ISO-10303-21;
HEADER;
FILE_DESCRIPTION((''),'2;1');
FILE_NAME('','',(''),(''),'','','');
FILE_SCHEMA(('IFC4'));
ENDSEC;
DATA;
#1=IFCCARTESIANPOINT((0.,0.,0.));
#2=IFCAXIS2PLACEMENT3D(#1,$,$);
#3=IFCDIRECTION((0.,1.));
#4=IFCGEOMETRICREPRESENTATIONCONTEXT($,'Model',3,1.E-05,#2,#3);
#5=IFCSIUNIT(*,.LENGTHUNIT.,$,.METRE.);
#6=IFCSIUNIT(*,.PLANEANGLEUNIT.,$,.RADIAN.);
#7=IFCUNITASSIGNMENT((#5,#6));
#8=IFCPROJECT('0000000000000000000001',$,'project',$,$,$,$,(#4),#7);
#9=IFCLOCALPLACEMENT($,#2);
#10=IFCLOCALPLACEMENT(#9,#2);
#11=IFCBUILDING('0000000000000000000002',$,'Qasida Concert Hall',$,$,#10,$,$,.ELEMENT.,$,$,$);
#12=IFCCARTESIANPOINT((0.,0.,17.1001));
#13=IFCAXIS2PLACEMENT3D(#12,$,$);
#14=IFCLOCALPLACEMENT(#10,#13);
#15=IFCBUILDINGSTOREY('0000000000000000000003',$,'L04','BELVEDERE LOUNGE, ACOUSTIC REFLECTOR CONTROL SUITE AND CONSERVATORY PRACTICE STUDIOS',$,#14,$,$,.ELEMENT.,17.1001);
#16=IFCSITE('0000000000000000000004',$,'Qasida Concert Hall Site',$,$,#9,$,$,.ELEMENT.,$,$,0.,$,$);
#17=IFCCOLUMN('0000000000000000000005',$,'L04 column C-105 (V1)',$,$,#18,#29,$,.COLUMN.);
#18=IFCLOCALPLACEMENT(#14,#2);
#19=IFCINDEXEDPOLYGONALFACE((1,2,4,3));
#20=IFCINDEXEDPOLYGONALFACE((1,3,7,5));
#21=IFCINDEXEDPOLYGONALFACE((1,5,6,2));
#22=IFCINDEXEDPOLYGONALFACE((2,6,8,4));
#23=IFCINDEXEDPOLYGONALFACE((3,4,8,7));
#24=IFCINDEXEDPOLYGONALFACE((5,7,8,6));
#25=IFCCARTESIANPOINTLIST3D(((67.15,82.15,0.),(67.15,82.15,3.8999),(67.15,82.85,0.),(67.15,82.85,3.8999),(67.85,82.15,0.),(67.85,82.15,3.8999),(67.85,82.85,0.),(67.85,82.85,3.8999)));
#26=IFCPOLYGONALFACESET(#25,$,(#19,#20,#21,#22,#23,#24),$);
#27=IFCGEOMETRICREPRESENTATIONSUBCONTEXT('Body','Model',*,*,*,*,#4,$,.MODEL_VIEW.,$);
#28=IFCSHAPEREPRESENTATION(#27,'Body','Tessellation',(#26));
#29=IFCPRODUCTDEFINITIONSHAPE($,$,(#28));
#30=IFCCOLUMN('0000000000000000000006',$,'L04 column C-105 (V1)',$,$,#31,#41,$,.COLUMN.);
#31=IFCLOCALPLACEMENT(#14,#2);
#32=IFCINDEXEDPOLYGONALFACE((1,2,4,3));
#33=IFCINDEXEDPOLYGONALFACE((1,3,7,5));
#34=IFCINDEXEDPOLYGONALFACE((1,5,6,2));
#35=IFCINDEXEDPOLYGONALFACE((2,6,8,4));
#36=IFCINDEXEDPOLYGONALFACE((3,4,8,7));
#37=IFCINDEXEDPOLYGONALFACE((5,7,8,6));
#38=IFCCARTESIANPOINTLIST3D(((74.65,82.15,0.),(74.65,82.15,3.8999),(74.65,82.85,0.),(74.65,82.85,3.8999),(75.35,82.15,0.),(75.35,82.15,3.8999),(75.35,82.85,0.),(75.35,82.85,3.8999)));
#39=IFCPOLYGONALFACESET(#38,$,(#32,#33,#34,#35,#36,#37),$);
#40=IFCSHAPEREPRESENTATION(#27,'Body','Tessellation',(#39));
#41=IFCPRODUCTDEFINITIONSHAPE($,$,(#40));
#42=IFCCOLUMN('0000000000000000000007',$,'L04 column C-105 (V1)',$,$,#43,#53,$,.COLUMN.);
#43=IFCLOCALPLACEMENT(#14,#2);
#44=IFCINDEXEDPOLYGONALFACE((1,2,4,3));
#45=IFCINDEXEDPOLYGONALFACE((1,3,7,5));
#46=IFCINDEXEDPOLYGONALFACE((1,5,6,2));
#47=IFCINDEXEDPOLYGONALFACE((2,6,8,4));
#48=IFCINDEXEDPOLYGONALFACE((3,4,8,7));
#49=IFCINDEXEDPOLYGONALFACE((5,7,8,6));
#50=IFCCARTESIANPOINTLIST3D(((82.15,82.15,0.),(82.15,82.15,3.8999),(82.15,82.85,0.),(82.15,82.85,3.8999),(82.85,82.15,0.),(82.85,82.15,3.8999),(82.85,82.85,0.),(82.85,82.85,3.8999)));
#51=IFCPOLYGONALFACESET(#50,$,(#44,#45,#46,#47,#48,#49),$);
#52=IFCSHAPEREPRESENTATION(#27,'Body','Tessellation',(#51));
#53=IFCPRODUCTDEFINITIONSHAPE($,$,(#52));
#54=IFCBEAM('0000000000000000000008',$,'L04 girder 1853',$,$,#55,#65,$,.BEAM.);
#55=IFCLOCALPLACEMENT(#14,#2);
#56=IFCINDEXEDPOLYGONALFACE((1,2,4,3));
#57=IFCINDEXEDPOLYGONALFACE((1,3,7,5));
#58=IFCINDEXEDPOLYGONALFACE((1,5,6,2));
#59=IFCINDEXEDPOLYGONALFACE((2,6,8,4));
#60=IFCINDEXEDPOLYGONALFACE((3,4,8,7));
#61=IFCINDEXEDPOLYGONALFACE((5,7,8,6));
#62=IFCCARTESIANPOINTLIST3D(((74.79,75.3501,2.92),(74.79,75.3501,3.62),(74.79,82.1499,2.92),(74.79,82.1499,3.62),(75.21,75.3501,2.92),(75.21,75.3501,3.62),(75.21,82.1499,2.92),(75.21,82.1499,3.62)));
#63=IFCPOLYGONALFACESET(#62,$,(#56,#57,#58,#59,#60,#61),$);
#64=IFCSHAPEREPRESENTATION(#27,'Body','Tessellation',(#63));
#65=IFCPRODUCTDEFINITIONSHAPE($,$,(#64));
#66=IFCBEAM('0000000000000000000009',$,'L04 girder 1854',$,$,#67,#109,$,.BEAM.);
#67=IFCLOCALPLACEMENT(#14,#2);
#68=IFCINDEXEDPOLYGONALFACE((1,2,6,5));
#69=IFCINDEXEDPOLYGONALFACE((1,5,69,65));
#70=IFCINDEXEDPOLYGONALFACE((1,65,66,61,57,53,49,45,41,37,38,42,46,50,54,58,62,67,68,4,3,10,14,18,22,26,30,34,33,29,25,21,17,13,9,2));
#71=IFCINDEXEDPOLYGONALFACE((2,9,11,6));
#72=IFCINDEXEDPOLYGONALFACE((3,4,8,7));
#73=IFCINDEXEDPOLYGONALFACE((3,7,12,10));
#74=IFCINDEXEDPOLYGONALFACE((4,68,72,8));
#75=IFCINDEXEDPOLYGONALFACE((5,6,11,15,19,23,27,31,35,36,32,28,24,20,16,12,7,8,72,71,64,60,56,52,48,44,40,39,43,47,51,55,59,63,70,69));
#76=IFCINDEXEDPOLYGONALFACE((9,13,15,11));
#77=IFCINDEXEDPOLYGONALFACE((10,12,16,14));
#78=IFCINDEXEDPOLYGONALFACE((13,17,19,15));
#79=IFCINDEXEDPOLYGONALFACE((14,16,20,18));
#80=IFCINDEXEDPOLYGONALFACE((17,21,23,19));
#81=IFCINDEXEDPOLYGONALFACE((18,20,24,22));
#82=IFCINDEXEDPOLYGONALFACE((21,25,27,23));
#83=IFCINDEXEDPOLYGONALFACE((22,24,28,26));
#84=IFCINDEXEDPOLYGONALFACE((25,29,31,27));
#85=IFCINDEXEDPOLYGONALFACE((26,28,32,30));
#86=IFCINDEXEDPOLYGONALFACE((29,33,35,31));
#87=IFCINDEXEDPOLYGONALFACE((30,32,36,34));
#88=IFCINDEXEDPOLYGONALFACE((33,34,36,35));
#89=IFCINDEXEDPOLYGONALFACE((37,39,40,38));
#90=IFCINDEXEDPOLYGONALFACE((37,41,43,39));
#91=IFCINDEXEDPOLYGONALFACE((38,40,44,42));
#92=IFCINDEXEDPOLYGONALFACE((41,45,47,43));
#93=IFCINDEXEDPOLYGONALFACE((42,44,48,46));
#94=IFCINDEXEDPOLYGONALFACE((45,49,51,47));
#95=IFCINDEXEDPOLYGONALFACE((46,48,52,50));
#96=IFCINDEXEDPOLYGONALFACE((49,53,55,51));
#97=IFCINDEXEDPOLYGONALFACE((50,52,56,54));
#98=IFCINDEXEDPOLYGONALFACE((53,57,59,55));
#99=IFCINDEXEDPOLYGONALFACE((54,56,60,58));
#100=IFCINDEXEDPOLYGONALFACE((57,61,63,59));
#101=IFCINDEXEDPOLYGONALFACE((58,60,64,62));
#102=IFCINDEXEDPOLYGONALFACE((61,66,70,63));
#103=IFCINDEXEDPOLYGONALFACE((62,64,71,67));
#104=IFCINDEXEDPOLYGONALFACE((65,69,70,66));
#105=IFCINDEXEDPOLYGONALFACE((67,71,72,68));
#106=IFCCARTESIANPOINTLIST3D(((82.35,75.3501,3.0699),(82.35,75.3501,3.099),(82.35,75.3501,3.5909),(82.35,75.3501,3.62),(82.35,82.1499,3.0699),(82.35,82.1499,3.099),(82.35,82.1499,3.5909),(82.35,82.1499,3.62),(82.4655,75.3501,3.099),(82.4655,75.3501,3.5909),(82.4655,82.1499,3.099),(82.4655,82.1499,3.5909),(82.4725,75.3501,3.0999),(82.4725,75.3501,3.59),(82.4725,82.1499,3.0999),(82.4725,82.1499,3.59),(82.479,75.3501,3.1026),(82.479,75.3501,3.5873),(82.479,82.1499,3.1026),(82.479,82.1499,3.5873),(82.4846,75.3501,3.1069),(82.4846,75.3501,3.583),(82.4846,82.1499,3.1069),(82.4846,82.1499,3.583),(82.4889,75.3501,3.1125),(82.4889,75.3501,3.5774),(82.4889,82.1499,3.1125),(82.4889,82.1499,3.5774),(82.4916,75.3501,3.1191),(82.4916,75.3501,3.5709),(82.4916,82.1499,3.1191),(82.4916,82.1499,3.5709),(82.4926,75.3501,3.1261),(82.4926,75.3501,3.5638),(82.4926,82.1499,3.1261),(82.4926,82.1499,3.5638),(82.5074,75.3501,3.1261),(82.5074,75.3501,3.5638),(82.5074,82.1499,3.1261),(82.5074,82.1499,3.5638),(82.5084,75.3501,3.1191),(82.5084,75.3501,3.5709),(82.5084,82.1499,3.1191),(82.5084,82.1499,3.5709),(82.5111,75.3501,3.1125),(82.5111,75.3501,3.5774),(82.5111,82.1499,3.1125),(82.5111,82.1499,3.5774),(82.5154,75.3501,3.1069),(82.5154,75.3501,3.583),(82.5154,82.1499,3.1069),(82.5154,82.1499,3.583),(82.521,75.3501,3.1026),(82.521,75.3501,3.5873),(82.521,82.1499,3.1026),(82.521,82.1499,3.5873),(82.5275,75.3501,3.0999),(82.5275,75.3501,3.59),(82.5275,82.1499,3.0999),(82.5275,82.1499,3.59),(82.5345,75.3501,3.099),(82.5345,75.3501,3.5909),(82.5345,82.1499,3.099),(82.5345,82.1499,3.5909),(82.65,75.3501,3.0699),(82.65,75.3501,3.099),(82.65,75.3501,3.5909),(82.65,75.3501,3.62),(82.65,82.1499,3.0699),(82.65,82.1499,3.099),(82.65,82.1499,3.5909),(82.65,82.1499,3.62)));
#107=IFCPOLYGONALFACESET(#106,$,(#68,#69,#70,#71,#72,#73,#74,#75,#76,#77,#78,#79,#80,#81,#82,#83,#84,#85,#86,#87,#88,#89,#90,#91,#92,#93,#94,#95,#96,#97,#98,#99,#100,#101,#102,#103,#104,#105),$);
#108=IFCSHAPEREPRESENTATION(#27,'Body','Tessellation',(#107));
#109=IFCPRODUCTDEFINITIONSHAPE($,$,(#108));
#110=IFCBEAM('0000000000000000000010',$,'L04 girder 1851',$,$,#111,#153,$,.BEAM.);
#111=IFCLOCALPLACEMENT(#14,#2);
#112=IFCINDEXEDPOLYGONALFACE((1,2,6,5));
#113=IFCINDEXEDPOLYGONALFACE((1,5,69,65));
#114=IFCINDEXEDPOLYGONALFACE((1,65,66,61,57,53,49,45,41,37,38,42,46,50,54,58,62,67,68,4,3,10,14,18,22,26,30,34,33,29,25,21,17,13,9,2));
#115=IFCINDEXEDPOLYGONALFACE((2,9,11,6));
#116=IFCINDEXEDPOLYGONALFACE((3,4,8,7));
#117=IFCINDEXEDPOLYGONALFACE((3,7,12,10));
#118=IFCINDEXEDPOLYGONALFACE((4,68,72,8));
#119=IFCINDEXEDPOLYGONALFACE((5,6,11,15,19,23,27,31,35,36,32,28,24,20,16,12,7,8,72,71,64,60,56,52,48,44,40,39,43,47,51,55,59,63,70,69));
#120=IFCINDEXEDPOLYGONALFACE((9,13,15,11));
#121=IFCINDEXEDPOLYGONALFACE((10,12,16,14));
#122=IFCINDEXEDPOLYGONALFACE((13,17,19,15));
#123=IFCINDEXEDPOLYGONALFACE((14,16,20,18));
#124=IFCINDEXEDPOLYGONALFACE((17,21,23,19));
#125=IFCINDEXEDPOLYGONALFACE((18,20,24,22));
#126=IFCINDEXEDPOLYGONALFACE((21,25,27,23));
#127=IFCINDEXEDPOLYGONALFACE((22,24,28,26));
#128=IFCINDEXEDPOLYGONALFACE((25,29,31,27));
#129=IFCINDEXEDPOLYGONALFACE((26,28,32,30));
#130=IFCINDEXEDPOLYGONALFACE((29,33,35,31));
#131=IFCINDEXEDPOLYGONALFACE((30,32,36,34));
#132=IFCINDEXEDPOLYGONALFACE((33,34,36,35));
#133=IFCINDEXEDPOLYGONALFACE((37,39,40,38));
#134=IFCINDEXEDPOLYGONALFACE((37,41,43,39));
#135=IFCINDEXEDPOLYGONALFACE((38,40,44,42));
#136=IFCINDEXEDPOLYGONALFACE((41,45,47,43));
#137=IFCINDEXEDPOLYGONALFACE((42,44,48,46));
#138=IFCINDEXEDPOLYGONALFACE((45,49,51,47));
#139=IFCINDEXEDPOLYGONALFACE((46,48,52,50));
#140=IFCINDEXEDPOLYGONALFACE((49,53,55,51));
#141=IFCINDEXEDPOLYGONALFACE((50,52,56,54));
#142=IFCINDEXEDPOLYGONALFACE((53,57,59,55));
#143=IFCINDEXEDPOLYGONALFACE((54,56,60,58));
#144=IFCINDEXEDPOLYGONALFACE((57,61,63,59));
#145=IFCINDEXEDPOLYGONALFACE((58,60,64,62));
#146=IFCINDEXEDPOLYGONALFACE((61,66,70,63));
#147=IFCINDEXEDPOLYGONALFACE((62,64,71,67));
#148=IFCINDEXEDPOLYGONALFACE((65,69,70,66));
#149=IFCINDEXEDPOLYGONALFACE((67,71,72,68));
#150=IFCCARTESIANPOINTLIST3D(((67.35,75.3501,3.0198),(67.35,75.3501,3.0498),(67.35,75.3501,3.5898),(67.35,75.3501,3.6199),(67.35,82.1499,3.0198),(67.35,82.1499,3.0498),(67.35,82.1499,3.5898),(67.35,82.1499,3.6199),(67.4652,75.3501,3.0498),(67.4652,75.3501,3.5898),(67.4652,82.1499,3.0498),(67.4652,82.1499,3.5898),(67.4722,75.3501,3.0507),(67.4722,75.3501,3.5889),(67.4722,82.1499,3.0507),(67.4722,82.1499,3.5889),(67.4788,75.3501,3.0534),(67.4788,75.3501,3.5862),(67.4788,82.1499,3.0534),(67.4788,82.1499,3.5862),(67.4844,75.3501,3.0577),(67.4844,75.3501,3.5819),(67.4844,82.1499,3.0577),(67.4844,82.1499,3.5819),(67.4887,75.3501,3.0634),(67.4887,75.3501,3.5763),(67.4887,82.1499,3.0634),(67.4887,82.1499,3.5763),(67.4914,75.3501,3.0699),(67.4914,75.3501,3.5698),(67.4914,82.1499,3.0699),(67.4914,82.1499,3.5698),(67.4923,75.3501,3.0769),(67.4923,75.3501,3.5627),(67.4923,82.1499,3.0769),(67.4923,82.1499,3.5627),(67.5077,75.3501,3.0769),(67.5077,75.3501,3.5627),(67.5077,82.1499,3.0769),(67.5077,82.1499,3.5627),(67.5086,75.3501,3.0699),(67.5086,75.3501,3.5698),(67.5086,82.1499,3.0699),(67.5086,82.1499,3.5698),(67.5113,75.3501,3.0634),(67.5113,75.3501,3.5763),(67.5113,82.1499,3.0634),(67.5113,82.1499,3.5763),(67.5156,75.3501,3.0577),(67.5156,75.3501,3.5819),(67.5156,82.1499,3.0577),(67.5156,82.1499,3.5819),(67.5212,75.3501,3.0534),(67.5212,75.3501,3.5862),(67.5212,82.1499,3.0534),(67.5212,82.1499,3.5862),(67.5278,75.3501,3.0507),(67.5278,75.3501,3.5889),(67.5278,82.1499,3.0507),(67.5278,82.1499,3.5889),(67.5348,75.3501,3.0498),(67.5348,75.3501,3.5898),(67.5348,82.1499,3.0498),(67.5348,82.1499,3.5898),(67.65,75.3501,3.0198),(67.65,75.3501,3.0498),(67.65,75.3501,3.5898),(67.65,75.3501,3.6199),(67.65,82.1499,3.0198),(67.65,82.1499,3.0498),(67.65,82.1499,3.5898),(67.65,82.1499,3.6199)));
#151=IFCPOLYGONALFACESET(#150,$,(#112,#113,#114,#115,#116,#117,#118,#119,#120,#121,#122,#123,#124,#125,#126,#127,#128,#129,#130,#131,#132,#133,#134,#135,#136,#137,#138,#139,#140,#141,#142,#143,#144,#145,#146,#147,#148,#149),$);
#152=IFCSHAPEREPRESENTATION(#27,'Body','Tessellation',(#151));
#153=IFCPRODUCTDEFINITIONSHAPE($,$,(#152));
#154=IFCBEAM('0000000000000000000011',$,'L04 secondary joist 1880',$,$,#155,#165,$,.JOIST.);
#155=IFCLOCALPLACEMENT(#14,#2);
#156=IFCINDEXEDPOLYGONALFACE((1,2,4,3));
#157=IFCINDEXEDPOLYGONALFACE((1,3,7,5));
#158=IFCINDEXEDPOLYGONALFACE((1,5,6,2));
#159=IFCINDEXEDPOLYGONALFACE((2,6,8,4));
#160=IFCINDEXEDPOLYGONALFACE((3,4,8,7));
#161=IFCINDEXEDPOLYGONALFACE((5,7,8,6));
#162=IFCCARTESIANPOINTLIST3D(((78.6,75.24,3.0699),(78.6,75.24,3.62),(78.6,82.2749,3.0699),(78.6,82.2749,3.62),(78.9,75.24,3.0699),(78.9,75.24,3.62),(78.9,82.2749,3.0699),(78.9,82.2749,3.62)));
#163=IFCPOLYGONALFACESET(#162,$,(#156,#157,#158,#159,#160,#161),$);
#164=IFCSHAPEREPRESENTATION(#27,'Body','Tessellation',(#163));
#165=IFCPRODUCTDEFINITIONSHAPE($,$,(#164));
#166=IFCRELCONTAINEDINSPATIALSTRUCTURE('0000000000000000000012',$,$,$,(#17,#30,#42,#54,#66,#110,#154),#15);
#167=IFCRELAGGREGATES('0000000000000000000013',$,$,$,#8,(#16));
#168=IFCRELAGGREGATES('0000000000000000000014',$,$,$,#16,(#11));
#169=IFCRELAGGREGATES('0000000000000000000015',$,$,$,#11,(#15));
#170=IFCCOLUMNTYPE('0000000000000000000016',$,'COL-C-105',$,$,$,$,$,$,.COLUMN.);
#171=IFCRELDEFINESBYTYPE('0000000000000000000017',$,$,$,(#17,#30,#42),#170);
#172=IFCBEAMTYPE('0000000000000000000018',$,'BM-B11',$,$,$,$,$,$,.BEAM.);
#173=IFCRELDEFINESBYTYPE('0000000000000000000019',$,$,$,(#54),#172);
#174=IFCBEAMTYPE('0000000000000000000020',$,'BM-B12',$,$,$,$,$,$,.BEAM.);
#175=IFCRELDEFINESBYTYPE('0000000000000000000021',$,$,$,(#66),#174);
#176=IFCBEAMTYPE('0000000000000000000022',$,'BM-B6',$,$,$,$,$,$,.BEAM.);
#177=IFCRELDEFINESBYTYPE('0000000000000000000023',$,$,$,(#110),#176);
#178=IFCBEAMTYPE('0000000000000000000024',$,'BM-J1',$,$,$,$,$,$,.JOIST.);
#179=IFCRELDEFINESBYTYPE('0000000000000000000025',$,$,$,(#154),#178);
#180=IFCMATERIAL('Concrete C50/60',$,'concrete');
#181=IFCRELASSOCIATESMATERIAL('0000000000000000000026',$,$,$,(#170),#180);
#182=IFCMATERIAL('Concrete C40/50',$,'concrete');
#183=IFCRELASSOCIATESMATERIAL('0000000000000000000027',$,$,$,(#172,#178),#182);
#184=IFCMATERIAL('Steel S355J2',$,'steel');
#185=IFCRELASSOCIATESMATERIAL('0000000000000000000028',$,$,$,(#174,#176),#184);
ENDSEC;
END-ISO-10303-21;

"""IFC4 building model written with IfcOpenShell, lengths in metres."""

from ifc_helpers import new_model, si_unit, direction, frame, origin, origin_2d, place, context, subcontext, project, spatial, rectangle, i_section, extrude, material, material_profile, profile_set, type_object, element, save


model = new_model("IFC4")

# Units and contexts
model_context = context("Model", 3, precision=1e-05, world=origin(), true_north=direction((0.0, 1.0)))
body_context = subcontext(model_context, "Body", "Model", "MODEL_VIEW")
ifc_project = project(units=[si_unit("LENGTHUNIT", "METRE"), si_unit("PLANEANGLEUNIT", "RADIAN")], contexts=[model_context])

# Site, building, storey
site_placement = place(None, origin())
site = spatial("IfcSite", under=ifc_project, at=site_placement, Name="Qasida Concert Hall Site", CompositionType="ELEMENT", RefElevation=0.0)
building_placement = place(site_placement, origin())
building = spatial("IfcBuilding", under=site, at=building_placement, Name="Qasida Concert Hall", CompositionType="ELEMENT")
storey_placement = place(building_placement, frame((0.0, 0.0, 17.1001)))
storey = spatial("IfcBuildingStorey", under=building, at=storey_placement, Name="L04", Description="BELVEDERE LOUNGE, ACOUSTIC REFLECTOR CONTROL SUITE AND CONSERVATORY PRACTICE STUDIOS", CompositionType="ELEMENT", Elevation=17.1001)

# Columns
ifc_material_1 = material(Name="Concrete C50/60", Category="concrete")
ifc_material_profile_1 = material_profile(ifc_material_1, rectangle(XDim=0.7, YDim=0.7, at=origin_2d()), Name="RC 700x700")
ifc_profile_set_1 = profile_set([ifc_material_profile_1], Name="Concrete C50/60")
column_type = type_object("IfcColumnType", Name="COL-C-105", PredefinedType="COLUMN", material=ifc_profile_set_1)
for number, where, z_axis, x_axis, name in (
    (1, (67.5, 82.5, 0.0), (0.0, 0.0, 1.0), (1.0, 0.0, 0.0), "L04 column C-105 (V1)"),
    (2, (75.0, 82.5, 0.0), (0.0, 0.0, 1.0), (1.0, 0.0, 0.0), "L04 column C-105 (V1)"),
    (3, (82.5, 82.5, 0.0), (0.0, 0.0, 1.0), (1.0, 0.0, 0.0), "L04 column C-105 (V1)"),
):
    element("IfcColumn", number, at=place(storey_placement, frame(where, z_axis=z_axis, x_axis=x_axis)), inside=storey, type_object=column_type, Name=name, PredefinedType="COLUMN", context=body_context, shape_type="SweptSolid", body=[
        extrude(rectangle(XDim=0.7, YDim=0.7, at=origin_2d()), origin(), (0.0, 0.0, 1.0), 3.8999),
    ])

# Beams
ifc_material_2 = material(Name="Concrete C40/50", Category="concrete")
ifc_material_profile_2 = material_profile(ifc_material_2, rectangle(XDim=0.4199, YDim=0.7, at=origin_2d()), Name="RC 420x700")
ifc_profile_set_2 = profile_set([ifc_material_profile_2], Name="Concrete C40/50")
beam_type_1 = type_object("IfcBeamType", Name="BM-B11", PredefinedType="BEAM", material=ifc_profile_set_2)
beam_1_placement = place(storey_placement, frame((75.0, 75.3501, 3.27), z_axis=(0.0, 1.0, 0.0), x_axis=(-1.0, 0.0, 0.0)))
element("IfcBeam", 4, at=beam_1_placement, inside=storey, type_object=beam_type_1, Name="L04 girder 1853", PredefinedType="BEAM", context=body_context, shape_type="SweptSolid", body=[
    extrude(rectangle(XDim=0.4199, YDim=0.7, at=origin_2d()), origin(), (0.0, 0.0, 1.0), 6.7998),
])
ifc_material_3 = material(Name="Steel S355J2", Category="steel")
ifc_material_profile_3 = material_profile(ifc_material_3, i_section(OverallWidth=0.3, OverallDepth=0.55, WebThickness=0.0149, FlangeThickness=0.0291, FilletRadius=0.0271, at=origin_2d()), Name="HEB 550")
ifc_profile_set_3 = profile_set([ifc_material_profile_3], Name="Steel S355J2")
beam_type_2 = type_object("IfcBeamType", Name="BM-B12", PredefinedType="BEAM", material=ifc_profile_set_3)
beam_2_placement = place(storey_placement, frame((82.5, 75.3501, 3.345), z_axis=(0.0, 1.0, 0.0), x_axis=(-1.0, 0.0, 0.0)))
element("IfcBeam", 5, at=beam_2_placement, inside=storey, type_object=beam_type_2, Name="L04 girder 1854", PredefinedType="BEAM", context=body_context, shape_type="SweptSolid", body=[
    extrude(i_section(OverallWidth=0.3, OverallDepth=0.55, WebThickness=0.0149, FlangeThickness=0.0291, FilletRadius=0.0271, at=origin_2d()), origin(), (0.0, 0.0, 1.0), 6.7998),
])
ifc_material_profile_4 = material_profile(ifc_material_3, i_section(OverallWidth=0.3, OverallDepth=0.6001, WebThickness=0.0154, FlangeThickness=0.03, FilletRadius=0.0271, at=origin_2d()), Name="HEB 600")
ifc_profile_set_4 = profile_set([ifc_material_profile_4], Name="Steel S355J2")
beam_type_3 = type_object("IfcBeamType", Name="BM-B6", PredefinedType="BEAM", material=ifc_profile_set_4)
beam_3_placement = place(storey_placement, frame((67.5, 75.3501, 3.3198), z_axis=(0.0, 1.0, 0.0), x_axis=(-1.0, 0.0, 0.0)))
element("IfcBeam", 6, at=beam_3_placement, inside=storey, type_object=beam_type_3, Name="L04 girder 1851", PredefinedType="BEAM", context=body_context, shape_type="SweptSolid", body=[
    extrude(i_section(OverallWidth=0.3, OverallDepth=0.6001, WebThickness=0.0154, FlangeThickness=0.03, FilletRadius=0.0271, at=origin_2d()), origin(), (0.0, 0.0, 1.0), 6.7998),
])
ifc_material_profile_5 = material_profile(ifc_material_2, rectangle(XDim=0.3, YDim=0.55, at=origin_2d()), Name="RC 300x550")
ifc_profile_set_5 = profile_set([ifc_material_profile_5], Name="Concrete C40/50")
beam_type_4 = type_object("IfcBeamType", Name="BM-J1", PredefinedType="JOIST", material=ifc_profile_set_5)
beam_4_placement = place(storey_placement, frame((78.75, 75.24, 3.345), z_axis=(0.0, 1.0, 0.0), x_axis=(-1.0, 0.0, 0.0)))
element("IfcBeam", 7, at=beam_4_placement, inside=storey, type_object=beam_type_4, Name="L04 secondary joist 1880", PredefinedType="JOIST", context=body_context, shape_type="SweptSolid", body=[
    extrude(rectangle(XDim=0.3, YDim=0.55, at=origin_2d()), origin(), (0.0, 0.0, 1.0), 7.0349),
])

save(model, "model.ifc")
